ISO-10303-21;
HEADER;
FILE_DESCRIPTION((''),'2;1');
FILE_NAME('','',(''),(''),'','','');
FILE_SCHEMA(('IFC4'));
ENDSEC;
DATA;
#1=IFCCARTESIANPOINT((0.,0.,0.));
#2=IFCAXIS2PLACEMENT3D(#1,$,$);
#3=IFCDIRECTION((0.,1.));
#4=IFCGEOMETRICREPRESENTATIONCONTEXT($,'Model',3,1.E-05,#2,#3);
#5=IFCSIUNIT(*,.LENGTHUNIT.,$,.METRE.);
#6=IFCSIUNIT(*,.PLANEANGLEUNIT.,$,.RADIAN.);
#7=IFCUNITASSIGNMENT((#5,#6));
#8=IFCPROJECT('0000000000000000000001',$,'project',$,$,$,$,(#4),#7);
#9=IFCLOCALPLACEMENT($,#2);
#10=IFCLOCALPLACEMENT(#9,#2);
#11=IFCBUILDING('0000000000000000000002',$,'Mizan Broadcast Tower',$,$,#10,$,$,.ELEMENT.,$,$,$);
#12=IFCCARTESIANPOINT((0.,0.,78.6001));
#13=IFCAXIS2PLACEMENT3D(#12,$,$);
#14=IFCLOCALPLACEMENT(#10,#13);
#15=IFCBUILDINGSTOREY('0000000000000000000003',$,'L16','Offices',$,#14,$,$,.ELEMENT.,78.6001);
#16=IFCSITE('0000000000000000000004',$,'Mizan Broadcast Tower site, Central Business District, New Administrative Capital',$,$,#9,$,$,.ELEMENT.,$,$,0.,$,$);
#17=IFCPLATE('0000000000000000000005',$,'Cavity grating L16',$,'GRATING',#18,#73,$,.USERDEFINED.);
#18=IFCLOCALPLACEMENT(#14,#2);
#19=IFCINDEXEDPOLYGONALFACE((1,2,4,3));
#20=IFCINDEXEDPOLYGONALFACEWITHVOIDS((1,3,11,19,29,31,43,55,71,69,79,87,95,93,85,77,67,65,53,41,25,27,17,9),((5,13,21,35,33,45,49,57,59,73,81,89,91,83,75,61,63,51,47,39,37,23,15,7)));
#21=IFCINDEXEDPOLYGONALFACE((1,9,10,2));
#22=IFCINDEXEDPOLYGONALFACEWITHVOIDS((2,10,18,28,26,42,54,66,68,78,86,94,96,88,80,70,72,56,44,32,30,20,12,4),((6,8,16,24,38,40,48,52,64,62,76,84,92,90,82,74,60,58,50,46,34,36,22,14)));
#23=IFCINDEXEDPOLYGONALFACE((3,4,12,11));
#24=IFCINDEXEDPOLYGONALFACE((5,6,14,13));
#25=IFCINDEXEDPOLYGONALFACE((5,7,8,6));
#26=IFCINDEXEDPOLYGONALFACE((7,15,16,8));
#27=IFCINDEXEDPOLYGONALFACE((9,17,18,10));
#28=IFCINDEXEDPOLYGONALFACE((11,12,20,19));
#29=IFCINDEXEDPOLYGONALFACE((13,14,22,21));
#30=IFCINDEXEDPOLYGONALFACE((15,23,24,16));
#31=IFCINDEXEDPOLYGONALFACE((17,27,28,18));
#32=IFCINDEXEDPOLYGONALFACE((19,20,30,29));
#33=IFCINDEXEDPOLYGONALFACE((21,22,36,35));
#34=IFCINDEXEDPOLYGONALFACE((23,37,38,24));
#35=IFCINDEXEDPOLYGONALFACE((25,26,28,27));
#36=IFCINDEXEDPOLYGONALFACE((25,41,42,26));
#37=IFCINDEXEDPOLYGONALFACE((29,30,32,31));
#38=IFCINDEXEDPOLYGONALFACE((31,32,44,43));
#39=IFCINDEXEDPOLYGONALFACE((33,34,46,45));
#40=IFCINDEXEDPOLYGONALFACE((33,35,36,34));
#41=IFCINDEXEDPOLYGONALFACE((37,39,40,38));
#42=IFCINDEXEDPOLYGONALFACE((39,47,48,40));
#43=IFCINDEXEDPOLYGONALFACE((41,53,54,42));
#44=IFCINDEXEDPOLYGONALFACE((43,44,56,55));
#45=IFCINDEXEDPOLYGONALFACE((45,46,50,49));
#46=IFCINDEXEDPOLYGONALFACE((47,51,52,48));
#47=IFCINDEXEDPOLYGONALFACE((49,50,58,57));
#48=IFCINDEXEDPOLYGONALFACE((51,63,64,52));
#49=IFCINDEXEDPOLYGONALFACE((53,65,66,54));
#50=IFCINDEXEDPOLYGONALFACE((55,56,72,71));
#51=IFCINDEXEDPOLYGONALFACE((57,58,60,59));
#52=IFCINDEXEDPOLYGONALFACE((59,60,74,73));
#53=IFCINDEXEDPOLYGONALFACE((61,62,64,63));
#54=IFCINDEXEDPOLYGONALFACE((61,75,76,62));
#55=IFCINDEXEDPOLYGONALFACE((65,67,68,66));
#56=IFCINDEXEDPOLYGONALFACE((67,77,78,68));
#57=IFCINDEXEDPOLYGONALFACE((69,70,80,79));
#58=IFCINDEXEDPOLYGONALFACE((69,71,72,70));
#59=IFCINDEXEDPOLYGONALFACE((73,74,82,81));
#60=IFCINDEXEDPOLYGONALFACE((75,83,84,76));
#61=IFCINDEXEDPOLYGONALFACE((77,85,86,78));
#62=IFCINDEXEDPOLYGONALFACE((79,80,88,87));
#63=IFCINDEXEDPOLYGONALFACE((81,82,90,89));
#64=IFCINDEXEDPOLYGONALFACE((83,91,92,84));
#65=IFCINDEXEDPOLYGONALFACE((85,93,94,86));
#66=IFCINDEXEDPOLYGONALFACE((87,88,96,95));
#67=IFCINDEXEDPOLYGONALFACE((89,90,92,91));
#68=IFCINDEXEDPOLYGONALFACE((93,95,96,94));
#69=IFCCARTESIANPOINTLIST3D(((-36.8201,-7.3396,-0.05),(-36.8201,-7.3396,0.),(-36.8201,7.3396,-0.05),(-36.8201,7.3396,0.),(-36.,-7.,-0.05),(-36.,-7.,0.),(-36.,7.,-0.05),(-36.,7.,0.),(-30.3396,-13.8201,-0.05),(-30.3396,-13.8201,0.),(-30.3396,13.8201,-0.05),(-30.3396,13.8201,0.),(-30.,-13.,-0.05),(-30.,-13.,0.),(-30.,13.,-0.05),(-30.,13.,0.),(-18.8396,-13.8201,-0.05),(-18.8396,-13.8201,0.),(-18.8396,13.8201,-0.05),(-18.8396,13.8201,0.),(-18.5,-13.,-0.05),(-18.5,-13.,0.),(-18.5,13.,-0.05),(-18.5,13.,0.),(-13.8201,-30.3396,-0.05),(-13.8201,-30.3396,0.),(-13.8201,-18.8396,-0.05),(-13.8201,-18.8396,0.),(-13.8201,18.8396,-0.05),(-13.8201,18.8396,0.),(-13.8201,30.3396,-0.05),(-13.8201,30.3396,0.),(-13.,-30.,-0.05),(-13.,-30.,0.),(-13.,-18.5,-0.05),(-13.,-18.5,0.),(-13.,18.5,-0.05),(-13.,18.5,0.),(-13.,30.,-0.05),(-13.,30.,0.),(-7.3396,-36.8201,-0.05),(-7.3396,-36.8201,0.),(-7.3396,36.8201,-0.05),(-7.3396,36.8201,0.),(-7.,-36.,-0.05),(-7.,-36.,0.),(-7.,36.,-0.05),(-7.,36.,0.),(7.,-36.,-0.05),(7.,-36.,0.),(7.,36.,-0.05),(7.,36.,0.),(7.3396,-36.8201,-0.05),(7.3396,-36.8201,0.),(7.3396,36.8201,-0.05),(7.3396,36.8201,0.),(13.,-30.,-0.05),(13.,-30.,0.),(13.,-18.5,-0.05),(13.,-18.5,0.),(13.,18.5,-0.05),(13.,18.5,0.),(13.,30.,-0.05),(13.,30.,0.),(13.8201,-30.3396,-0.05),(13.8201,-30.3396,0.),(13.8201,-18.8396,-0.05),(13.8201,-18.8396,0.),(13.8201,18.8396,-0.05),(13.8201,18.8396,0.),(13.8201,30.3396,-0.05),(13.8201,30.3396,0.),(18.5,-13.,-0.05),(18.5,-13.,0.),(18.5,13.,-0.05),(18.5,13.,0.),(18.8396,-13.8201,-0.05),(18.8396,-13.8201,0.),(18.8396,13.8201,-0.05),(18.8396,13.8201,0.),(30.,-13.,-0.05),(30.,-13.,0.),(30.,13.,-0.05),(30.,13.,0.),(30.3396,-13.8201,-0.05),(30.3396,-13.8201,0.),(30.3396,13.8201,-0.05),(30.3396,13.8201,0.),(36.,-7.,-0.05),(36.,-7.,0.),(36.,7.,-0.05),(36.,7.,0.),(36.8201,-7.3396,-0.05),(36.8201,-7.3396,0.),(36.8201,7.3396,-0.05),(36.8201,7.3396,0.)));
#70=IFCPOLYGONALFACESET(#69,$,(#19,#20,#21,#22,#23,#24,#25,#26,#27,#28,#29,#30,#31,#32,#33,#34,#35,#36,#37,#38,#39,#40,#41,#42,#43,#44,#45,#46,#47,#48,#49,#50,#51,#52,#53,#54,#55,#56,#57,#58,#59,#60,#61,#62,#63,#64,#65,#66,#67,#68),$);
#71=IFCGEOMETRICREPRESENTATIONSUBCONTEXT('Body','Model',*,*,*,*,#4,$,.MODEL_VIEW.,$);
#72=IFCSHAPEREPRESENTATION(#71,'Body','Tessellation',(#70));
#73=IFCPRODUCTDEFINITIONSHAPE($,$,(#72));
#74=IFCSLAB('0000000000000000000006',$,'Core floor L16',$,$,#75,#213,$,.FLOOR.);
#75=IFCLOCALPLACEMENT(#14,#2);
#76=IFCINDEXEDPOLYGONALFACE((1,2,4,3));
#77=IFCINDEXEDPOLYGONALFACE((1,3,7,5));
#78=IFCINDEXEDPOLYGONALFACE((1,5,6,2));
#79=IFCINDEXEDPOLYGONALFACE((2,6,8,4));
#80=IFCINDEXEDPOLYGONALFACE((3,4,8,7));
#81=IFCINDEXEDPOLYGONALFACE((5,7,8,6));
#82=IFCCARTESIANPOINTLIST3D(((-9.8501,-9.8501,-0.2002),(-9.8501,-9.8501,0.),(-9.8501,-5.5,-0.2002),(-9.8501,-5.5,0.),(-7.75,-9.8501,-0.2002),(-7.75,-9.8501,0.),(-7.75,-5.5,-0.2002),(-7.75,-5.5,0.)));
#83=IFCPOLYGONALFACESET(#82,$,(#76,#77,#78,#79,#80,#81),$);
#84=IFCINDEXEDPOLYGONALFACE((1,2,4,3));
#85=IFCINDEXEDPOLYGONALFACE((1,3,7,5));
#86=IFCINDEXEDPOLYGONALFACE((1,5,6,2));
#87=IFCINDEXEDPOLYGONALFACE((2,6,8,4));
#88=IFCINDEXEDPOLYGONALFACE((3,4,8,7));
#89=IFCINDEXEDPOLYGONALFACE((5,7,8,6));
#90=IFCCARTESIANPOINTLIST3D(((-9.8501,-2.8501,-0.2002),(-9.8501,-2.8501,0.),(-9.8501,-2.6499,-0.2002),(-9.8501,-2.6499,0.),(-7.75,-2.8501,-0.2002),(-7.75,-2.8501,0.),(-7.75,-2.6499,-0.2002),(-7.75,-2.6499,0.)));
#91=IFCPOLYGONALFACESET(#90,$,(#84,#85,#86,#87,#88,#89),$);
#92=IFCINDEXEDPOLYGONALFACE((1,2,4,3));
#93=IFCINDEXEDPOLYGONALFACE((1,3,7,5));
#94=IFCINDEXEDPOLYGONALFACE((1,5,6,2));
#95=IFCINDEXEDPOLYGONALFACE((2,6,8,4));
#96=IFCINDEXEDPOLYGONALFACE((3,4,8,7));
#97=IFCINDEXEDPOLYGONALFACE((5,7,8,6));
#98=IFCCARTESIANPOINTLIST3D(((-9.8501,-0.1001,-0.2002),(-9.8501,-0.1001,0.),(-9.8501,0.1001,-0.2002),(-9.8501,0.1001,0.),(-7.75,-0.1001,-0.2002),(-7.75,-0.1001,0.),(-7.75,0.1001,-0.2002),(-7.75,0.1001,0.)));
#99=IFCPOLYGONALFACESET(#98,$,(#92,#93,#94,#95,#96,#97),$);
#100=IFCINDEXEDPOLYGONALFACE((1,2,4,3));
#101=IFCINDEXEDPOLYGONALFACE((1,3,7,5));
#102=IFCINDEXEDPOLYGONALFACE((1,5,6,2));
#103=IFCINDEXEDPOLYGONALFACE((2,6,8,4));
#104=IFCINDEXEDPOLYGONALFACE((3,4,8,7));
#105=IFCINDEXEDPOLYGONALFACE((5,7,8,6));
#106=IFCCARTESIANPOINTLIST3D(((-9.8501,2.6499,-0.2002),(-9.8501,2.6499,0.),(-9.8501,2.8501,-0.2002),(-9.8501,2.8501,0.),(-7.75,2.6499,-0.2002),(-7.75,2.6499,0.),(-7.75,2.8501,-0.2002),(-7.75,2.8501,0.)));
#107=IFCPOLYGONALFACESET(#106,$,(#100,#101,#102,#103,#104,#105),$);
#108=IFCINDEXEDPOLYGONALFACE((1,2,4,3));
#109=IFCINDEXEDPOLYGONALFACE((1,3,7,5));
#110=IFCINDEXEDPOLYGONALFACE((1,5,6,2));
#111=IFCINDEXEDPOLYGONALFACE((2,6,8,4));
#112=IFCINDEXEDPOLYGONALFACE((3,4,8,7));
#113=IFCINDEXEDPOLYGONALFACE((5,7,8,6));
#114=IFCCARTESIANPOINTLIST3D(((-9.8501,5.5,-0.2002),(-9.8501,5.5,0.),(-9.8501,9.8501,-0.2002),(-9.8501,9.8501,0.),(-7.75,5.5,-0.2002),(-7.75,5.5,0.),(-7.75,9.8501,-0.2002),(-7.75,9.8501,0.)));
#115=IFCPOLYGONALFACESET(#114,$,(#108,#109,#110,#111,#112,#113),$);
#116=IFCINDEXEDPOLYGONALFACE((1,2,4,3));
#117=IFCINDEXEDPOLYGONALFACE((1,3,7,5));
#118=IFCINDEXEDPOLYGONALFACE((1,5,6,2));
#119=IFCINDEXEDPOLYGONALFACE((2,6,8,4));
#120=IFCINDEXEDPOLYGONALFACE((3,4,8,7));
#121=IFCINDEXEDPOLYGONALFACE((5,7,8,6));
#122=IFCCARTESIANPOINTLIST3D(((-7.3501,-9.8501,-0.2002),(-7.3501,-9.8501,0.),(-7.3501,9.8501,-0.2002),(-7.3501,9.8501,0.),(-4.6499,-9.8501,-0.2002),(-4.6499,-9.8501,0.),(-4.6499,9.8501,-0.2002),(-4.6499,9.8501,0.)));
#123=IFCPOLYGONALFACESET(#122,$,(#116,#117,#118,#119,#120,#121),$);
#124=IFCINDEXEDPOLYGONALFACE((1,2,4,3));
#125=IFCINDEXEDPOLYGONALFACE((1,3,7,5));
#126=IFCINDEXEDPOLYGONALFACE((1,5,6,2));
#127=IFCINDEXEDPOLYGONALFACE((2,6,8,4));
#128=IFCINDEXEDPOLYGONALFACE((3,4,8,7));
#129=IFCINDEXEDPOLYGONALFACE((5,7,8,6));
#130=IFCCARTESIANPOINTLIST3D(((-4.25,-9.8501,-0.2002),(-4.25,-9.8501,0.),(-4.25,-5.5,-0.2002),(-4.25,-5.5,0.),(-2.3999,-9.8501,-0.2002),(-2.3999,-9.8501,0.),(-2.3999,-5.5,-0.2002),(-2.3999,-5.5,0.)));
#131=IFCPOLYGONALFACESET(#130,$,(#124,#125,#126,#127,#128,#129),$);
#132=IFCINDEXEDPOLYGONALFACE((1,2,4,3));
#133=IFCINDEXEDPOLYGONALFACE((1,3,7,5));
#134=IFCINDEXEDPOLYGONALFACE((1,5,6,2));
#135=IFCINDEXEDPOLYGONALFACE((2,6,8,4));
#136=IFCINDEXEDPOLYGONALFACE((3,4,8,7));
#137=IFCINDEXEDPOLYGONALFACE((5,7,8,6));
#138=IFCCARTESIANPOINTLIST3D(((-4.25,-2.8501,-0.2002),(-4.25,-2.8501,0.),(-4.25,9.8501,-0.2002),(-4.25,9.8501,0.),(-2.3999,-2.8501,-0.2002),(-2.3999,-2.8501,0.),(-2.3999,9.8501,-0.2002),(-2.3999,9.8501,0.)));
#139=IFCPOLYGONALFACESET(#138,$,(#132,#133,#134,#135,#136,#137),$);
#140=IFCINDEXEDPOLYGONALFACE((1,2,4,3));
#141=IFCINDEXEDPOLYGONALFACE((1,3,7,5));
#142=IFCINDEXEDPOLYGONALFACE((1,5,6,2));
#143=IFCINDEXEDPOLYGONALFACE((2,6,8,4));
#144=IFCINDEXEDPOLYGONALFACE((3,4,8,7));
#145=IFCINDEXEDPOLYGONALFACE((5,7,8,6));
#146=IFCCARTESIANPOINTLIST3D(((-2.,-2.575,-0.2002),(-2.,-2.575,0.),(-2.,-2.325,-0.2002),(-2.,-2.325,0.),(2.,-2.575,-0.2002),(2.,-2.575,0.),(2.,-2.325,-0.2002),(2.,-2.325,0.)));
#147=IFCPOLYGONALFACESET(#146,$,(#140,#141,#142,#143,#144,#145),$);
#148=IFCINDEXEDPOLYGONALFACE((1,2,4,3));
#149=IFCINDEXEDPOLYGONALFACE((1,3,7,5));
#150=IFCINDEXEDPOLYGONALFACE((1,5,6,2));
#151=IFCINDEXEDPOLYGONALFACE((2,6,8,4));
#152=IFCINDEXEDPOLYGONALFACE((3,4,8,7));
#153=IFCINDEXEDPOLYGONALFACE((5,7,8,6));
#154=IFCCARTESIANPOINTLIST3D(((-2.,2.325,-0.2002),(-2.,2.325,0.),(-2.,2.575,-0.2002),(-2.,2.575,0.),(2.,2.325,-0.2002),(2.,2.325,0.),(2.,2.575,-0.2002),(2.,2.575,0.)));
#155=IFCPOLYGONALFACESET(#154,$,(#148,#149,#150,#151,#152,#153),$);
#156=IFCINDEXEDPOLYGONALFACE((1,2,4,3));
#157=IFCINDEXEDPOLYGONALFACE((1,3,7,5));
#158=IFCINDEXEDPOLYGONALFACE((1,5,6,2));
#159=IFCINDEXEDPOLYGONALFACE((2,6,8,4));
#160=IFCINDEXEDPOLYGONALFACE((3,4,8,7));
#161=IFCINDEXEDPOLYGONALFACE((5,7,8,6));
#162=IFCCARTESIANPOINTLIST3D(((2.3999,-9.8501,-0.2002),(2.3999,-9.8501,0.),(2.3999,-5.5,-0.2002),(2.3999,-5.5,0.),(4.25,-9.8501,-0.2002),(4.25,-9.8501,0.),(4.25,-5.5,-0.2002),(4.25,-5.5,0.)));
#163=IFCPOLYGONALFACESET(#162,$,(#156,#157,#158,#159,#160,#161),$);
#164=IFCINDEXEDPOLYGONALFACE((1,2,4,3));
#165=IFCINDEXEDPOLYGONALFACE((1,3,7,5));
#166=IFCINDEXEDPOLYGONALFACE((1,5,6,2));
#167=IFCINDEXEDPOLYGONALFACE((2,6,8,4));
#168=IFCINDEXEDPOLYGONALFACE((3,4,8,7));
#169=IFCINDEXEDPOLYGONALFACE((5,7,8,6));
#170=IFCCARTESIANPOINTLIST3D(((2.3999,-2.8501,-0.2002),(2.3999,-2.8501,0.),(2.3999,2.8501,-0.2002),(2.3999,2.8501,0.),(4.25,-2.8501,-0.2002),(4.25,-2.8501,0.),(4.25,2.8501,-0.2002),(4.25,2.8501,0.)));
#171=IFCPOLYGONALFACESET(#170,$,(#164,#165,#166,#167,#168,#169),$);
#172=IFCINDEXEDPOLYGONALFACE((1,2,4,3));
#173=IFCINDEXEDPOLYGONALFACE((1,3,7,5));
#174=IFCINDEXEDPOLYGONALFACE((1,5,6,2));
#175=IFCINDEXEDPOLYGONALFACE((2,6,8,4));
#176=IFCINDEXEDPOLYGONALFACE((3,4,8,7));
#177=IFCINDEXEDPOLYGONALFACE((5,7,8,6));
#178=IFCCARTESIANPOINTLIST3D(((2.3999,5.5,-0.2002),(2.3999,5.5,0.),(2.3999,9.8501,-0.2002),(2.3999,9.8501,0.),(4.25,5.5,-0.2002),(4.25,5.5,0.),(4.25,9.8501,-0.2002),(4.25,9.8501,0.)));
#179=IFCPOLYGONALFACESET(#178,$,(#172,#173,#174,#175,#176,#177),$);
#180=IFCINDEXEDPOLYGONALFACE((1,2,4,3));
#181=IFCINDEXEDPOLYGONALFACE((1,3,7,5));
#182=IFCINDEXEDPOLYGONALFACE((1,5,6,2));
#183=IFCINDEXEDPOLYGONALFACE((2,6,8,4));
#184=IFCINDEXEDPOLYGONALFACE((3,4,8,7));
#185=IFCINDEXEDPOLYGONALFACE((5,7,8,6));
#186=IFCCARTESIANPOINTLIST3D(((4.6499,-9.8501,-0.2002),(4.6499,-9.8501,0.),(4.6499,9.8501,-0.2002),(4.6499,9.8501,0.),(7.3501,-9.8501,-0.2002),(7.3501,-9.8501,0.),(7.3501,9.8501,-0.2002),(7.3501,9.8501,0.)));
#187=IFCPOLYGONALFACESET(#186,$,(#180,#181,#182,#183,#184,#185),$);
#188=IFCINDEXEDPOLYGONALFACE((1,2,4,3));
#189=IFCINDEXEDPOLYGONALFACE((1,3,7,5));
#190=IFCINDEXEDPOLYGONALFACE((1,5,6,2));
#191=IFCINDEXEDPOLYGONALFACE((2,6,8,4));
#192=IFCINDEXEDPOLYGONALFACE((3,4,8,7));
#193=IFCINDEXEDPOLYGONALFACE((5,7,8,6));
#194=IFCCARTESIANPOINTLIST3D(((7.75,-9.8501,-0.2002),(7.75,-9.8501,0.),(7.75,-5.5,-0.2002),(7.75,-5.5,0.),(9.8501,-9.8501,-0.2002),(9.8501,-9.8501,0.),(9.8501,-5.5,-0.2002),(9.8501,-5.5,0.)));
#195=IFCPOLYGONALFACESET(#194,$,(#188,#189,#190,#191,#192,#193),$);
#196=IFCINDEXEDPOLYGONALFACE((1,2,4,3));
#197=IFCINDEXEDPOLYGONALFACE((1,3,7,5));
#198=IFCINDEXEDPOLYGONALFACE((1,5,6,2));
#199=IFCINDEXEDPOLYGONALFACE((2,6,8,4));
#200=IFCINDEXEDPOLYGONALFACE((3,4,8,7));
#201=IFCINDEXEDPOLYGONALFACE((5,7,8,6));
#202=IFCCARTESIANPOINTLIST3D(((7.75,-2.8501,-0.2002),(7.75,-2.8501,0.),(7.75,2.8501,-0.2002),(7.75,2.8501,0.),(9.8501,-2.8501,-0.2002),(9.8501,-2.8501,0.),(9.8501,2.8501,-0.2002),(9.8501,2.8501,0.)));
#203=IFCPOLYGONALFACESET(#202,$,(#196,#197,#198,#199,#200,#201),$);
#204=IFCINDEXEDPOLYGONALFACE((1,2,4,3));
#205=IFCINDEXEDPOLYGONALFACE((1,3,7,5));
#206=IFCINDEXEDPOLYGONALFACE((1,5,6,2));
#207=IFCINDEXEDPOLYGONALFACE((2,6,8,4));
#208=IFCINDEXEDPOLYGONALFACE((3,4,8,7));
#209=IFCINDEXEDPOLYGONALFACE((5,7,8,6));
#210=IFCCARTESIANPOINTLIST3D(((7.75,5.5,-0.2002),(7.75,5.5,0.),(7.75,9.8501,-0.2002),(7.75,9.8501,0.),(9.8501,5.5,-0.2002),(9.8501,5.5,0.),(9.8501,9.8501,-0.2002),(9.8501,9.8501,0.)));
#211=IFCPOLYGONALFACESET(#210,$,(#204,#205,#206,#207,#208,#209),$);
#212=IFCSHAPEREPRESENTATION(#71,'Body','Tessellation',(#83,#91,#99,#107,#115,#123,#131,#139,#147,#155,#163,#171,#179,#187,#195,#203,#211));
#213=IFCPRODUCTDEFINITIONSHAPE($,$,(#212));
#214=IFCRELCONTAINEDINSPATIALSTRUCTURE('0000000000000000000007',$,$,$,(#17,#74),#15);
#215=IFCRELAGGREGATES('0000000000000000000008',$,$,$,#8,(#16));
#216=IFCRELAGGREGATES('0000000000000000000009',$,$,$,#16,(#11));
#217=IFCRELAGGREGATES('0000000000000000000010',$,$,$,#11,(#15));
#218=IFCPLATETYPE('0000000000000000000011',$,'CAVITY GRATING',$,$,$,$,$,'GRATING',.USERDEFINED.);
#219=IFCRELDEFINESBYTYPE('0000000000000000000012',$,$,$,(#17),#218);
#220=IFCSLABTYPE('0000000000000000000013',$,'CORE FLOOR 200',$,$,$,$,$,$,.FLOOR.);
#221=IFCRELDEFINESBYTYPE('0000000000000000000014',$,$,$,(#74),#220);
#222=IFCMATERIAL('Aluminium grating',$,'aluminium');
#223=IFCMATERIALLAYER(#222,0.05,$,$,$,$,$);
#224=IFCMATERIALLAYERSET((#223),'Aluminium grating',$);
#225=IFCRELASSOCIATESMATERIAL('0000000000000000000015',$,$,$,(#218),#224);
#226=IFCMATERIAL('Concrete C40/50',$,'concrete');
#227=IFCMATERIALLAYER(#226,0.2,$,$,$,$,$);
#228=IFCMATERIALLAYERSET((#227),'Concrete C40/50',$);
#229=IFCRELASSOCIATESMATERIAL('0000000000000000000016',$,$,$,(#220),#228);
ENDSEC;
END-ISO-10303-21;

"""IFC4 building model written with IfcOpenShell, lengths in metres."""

from ifc_helpers import new_model, si_unit, direction, frame, origin, place, context, subcontext, project, spatial, polyline, outline, extrude, material, layer, layer_set, type_object, element, save


model = new_model("IFC4")

# Units and contexts
model_context = context("Model", 3, precision=1e-05, world=origin(), true_north=direction((0.0, 1.0)))
body_context = subcontext(model_context, "Body", "Model", "MODEL_VIEW")
ifc_project = project(units=[si_unit("LENGTHUNIT", "METRE"), si_unit("PLANEANGLEUNIT", "RADIAN")], contexts=[model_context])

# Site, building, storey
site_placement = place(None, origin())
site = spatial("IfcSite", under=ifc_project, at=site_placement, Name="Mizan Broadcast Tower site, Central Business District, New Administrative Capital", CompositionType="ELEMENT", RefElevation=0.0)
building_placement = place(site_placement, origin())
building = spatial("IfcBuilding", under=site, at=building_placement, Name="Mizan Broadcast Tower", CompositionType="ELEMENT")
storey_placement = place(building_placement, frame((0.0, 0.0, 78.6001)))
storey = spatial("IfcBuildingStorey", under=building, at=storey_placement, Name="L16", Description="Offices", CompositionType="ELEMENT", Elevation=78.6001)

# Plate
ifc_material_1 = material(Name="Aluminium grating", Category="aluminium")
ifc_layer_1 = layer(ifc_material_1, 0.05)
ifc_layer_set_1 = layer_set([ifc_layer_1], Name="Aluminium grating")
plate_type = type_object("IfcPlateType", Name="CAVITY GRATING", ElementType="GRATING", PredefinedType="USERDEFINED", material=ifc_layer_set_1)
plate_placement = place(storey_placement, frame((0.0, 0.0, -0.05)))
element("IfcPlate", 1, at=plate_placement, inside=storey, type_object=plate_type, Name="Cavity grating L16", ObjectType="GRATING", PredefinedType="USERDEFINED", context=body_context, shape_type="SweptSolid", body=[
    extrude(outline(polyline([(13.8201, -18.8396), (18.8396, -13.8201), (30.3396, -13.8201), (36.8201, -7.3396), (36.8201, 7.3396), (30.3396, 13.8201), (18.8396, 13.8201), (13.8201, 18.8396), (13.8201, 30.3396), (7.3396, 36.8201), (-7.3396, 36.8201), (-13.8201, 30.3396), (-13.8201, 18.8396), (-18.8396, 13.8201), (-30.3396, 13.8201), (-36.8201, 7.3396), (-36.8201, -7.3396), (-30.3396, -13.8201), (-18.8396, -13.8201), (-13.8201, -18.8396), (-13.8201, -30.3396), (-7.3396, -36.8201), (7.3396, -36.8201), (13.8201, -30.3396), (13.8201, -18.8396)]), holes=[polyline([(36.0, 7.0), (36.0, -7.0), (30.0, -13.0), (18.5, -13.0), (13.0, -18.5), (13.0, -30.0), (7.0, -36.0), (-7.0, -36.0), (-13.0, -30.0), (-13.0, -18.5), (-18.5, -13.0), (-30.0, -13.0), (-36.0, -7.0), (-36.0, 7.0), (-30.0, 13.0), (-18.5, 13.0), (-13.0, 18.5), (-13.0, 30.0), (-7.0, 36.0), (7.0, 36.0), (13.0, 30.0), (13.0, 18.5), (18.5, 13.0), (30.0, 13.0), (36.0, 7.0)])]), origin(), (0.0, 0.0, 1.0), 0.05),
])

# Slab
ifc_material_2 = material(Name="Concrete C40/50", Category="concrete")
ifc_layer_2 = layer(ifc_material_2, 0.2)
ifc_layer_set_2 = layer_set([ifc_layer_2], Name="Concrete C40/50")
slab_type_1 = type_object("IfcSlabType", Name="CORE FLOOR 200", PredefinedType="FLOOR", material=ifc_layer_set_2)
slab_1_placement = place(storey_placement, frame((0.0, 0.0, -0.2002)))
element("IfcSlab", 2, at=slab_1_placement, inside=storey, type_object=slab_type_1, Name="Core floor L16", PredefinedType="FLOOR", context=body_context, shape_type="SweptSolid", body=[
    extrude(outline(polyline([(-9.8501, -9.8501), (-7.75, -9.8501), (-7.75, -5.5), (-9.8501, -5.5), (-9.8501, -9.8501)])), origin(), (0.0, 0.0, 1.0), 0.2002),
    extrude(outline(polyline([(-9.8501, -2.8501), (-7.75, -2.8501), (-7.75, -2.6499), (-9.8501, -2.6499), (-9.8501, -2.8501)])), origin(), (0.0, 0.0, 1.0), 0.2002),
    extrude(outline(polyline([(-9.8501, -0.1001), (-7.75, -0.1001), (-7.75, 0.1001), (-9.8501, 0.1001), (-9.8501, -0.1001)])), origin(), (0.0, 0.0, 1.0), 0.2002),
    extrude(outline(polyline([(-9.8501, 2.6499), (-7.75, 2.6499), (-7.75, 2.8501), (-9.8501, 2.8501), (-9.8501, 2.6499)])), origin(), (0.0, 0.0, 1.0), 0.2002),
    extrude(outline(polyline([(-9.8501, 5.5), (-7.75, 5.5), (-7.75, 9.8501), (-9.8501, 9.8501), (-9.8501, 5.5)])), origin(), (0.0, 0.0, 1.0), 0.2002),
    extrude(outline(polyline([(-4.6499, 9.8501), (-7.3501, 9.8501), (-7.3501, -9.8501), (-4.6499, -9.8501), (-4.6499, 9.8501)])), origin(), (0.0, 0.0, 1.0), 0.2002),
    extrude(outline(polyline([(-4.25, -5.5), (-4.25, -9.8501), (-2.3999, -9.8501), (-2.3999, -5.5), (-4.25, -5.5)])), origin(), (0.0, 0.0, 1.0), 0.2002),
    extrude(outline(polyline([(-4.25, -2.8501), (-2.3999, -2.8501), (-2.3999, 9.8501), (-4.25, 9.8501), (-4.25, -2.8501)])), origin(), (0.0, 0.0, 1.0), 0.2002),
    extrude(outline(polyline([(2.0, -2.325), (-2.0, -2.325), (-2.0, -2.575), (2.0, -2.575), (2.0, -2.325)])), origin(), (0.0, 0.0, 1.0), 0.2002),
    extrude(outline(polyline([(2.0, 2.575), (-2.0, 2.575), (-2.0, 2.325), (2.0, 2.325), (2.0, 2.575)])), origin(), (0.0, 0.0, 1.0), 0.2002),
    extrude(outline(polyline([(4.25, -9.8501), (4.25, -5.5), (2.3999, -5.5), (2.3999, -9.8501), (4.25, -9.8501)])), origin(), (0.0, 0.0, 1.0), 0.2002),
    extrude(outline(polyline([(4.25, -2.8501), (4.25, 2.8501), (2.3999, 2.8501), (2.3999, -2.8501), (4.25, -2.8501)])), origin(), (0.0, 0.0, 1.0), 0.2002),
    extrude(outline(polyline([(4.25, 5.5), (4.25, 9.8501), (2.3999, 9.8501), (2.3999, 5.5), (4.25, 5.5)])), origin(), (0.0, 0.0, 1.0), 0.2002),
    extrude(outline(polyline([(4.6499, 9.8501), (4.6499, -9.8501), (7.3501, -9.8501), (7.3501, 9.8501), (4.6499, 9.8501)])), origin(), (0.0, 0.0, 1.0), 0.2002),
    extrude(outline(polyline([(9.8501, -9.8501), (9.8501, -5.5), (7.75, -5.5), (7.75, -9.8501), (9.8501, -9.8501)])), origin(), (0.0, 0.0, 1.0), 0.2002),
    extrude(outline(polyline([(7.75, 2.8501), (7.75, -2.8501), (9.8501, -2.8501), (9.8501, 2.8501), (7.75, 2.8501)])), origin(), (0.0, 0.0, 1.0), 0.2002),
    extrude(outline(polyline([(9.8501, 5.5), (9.8501, 9.8501), (7.75, 9.8501), (7.75, 5.5), (9.8501, 5.5)])), origin(), (0.0, 0.0, 1.0), 0.2002),
])

save(model, "model.ifc")
